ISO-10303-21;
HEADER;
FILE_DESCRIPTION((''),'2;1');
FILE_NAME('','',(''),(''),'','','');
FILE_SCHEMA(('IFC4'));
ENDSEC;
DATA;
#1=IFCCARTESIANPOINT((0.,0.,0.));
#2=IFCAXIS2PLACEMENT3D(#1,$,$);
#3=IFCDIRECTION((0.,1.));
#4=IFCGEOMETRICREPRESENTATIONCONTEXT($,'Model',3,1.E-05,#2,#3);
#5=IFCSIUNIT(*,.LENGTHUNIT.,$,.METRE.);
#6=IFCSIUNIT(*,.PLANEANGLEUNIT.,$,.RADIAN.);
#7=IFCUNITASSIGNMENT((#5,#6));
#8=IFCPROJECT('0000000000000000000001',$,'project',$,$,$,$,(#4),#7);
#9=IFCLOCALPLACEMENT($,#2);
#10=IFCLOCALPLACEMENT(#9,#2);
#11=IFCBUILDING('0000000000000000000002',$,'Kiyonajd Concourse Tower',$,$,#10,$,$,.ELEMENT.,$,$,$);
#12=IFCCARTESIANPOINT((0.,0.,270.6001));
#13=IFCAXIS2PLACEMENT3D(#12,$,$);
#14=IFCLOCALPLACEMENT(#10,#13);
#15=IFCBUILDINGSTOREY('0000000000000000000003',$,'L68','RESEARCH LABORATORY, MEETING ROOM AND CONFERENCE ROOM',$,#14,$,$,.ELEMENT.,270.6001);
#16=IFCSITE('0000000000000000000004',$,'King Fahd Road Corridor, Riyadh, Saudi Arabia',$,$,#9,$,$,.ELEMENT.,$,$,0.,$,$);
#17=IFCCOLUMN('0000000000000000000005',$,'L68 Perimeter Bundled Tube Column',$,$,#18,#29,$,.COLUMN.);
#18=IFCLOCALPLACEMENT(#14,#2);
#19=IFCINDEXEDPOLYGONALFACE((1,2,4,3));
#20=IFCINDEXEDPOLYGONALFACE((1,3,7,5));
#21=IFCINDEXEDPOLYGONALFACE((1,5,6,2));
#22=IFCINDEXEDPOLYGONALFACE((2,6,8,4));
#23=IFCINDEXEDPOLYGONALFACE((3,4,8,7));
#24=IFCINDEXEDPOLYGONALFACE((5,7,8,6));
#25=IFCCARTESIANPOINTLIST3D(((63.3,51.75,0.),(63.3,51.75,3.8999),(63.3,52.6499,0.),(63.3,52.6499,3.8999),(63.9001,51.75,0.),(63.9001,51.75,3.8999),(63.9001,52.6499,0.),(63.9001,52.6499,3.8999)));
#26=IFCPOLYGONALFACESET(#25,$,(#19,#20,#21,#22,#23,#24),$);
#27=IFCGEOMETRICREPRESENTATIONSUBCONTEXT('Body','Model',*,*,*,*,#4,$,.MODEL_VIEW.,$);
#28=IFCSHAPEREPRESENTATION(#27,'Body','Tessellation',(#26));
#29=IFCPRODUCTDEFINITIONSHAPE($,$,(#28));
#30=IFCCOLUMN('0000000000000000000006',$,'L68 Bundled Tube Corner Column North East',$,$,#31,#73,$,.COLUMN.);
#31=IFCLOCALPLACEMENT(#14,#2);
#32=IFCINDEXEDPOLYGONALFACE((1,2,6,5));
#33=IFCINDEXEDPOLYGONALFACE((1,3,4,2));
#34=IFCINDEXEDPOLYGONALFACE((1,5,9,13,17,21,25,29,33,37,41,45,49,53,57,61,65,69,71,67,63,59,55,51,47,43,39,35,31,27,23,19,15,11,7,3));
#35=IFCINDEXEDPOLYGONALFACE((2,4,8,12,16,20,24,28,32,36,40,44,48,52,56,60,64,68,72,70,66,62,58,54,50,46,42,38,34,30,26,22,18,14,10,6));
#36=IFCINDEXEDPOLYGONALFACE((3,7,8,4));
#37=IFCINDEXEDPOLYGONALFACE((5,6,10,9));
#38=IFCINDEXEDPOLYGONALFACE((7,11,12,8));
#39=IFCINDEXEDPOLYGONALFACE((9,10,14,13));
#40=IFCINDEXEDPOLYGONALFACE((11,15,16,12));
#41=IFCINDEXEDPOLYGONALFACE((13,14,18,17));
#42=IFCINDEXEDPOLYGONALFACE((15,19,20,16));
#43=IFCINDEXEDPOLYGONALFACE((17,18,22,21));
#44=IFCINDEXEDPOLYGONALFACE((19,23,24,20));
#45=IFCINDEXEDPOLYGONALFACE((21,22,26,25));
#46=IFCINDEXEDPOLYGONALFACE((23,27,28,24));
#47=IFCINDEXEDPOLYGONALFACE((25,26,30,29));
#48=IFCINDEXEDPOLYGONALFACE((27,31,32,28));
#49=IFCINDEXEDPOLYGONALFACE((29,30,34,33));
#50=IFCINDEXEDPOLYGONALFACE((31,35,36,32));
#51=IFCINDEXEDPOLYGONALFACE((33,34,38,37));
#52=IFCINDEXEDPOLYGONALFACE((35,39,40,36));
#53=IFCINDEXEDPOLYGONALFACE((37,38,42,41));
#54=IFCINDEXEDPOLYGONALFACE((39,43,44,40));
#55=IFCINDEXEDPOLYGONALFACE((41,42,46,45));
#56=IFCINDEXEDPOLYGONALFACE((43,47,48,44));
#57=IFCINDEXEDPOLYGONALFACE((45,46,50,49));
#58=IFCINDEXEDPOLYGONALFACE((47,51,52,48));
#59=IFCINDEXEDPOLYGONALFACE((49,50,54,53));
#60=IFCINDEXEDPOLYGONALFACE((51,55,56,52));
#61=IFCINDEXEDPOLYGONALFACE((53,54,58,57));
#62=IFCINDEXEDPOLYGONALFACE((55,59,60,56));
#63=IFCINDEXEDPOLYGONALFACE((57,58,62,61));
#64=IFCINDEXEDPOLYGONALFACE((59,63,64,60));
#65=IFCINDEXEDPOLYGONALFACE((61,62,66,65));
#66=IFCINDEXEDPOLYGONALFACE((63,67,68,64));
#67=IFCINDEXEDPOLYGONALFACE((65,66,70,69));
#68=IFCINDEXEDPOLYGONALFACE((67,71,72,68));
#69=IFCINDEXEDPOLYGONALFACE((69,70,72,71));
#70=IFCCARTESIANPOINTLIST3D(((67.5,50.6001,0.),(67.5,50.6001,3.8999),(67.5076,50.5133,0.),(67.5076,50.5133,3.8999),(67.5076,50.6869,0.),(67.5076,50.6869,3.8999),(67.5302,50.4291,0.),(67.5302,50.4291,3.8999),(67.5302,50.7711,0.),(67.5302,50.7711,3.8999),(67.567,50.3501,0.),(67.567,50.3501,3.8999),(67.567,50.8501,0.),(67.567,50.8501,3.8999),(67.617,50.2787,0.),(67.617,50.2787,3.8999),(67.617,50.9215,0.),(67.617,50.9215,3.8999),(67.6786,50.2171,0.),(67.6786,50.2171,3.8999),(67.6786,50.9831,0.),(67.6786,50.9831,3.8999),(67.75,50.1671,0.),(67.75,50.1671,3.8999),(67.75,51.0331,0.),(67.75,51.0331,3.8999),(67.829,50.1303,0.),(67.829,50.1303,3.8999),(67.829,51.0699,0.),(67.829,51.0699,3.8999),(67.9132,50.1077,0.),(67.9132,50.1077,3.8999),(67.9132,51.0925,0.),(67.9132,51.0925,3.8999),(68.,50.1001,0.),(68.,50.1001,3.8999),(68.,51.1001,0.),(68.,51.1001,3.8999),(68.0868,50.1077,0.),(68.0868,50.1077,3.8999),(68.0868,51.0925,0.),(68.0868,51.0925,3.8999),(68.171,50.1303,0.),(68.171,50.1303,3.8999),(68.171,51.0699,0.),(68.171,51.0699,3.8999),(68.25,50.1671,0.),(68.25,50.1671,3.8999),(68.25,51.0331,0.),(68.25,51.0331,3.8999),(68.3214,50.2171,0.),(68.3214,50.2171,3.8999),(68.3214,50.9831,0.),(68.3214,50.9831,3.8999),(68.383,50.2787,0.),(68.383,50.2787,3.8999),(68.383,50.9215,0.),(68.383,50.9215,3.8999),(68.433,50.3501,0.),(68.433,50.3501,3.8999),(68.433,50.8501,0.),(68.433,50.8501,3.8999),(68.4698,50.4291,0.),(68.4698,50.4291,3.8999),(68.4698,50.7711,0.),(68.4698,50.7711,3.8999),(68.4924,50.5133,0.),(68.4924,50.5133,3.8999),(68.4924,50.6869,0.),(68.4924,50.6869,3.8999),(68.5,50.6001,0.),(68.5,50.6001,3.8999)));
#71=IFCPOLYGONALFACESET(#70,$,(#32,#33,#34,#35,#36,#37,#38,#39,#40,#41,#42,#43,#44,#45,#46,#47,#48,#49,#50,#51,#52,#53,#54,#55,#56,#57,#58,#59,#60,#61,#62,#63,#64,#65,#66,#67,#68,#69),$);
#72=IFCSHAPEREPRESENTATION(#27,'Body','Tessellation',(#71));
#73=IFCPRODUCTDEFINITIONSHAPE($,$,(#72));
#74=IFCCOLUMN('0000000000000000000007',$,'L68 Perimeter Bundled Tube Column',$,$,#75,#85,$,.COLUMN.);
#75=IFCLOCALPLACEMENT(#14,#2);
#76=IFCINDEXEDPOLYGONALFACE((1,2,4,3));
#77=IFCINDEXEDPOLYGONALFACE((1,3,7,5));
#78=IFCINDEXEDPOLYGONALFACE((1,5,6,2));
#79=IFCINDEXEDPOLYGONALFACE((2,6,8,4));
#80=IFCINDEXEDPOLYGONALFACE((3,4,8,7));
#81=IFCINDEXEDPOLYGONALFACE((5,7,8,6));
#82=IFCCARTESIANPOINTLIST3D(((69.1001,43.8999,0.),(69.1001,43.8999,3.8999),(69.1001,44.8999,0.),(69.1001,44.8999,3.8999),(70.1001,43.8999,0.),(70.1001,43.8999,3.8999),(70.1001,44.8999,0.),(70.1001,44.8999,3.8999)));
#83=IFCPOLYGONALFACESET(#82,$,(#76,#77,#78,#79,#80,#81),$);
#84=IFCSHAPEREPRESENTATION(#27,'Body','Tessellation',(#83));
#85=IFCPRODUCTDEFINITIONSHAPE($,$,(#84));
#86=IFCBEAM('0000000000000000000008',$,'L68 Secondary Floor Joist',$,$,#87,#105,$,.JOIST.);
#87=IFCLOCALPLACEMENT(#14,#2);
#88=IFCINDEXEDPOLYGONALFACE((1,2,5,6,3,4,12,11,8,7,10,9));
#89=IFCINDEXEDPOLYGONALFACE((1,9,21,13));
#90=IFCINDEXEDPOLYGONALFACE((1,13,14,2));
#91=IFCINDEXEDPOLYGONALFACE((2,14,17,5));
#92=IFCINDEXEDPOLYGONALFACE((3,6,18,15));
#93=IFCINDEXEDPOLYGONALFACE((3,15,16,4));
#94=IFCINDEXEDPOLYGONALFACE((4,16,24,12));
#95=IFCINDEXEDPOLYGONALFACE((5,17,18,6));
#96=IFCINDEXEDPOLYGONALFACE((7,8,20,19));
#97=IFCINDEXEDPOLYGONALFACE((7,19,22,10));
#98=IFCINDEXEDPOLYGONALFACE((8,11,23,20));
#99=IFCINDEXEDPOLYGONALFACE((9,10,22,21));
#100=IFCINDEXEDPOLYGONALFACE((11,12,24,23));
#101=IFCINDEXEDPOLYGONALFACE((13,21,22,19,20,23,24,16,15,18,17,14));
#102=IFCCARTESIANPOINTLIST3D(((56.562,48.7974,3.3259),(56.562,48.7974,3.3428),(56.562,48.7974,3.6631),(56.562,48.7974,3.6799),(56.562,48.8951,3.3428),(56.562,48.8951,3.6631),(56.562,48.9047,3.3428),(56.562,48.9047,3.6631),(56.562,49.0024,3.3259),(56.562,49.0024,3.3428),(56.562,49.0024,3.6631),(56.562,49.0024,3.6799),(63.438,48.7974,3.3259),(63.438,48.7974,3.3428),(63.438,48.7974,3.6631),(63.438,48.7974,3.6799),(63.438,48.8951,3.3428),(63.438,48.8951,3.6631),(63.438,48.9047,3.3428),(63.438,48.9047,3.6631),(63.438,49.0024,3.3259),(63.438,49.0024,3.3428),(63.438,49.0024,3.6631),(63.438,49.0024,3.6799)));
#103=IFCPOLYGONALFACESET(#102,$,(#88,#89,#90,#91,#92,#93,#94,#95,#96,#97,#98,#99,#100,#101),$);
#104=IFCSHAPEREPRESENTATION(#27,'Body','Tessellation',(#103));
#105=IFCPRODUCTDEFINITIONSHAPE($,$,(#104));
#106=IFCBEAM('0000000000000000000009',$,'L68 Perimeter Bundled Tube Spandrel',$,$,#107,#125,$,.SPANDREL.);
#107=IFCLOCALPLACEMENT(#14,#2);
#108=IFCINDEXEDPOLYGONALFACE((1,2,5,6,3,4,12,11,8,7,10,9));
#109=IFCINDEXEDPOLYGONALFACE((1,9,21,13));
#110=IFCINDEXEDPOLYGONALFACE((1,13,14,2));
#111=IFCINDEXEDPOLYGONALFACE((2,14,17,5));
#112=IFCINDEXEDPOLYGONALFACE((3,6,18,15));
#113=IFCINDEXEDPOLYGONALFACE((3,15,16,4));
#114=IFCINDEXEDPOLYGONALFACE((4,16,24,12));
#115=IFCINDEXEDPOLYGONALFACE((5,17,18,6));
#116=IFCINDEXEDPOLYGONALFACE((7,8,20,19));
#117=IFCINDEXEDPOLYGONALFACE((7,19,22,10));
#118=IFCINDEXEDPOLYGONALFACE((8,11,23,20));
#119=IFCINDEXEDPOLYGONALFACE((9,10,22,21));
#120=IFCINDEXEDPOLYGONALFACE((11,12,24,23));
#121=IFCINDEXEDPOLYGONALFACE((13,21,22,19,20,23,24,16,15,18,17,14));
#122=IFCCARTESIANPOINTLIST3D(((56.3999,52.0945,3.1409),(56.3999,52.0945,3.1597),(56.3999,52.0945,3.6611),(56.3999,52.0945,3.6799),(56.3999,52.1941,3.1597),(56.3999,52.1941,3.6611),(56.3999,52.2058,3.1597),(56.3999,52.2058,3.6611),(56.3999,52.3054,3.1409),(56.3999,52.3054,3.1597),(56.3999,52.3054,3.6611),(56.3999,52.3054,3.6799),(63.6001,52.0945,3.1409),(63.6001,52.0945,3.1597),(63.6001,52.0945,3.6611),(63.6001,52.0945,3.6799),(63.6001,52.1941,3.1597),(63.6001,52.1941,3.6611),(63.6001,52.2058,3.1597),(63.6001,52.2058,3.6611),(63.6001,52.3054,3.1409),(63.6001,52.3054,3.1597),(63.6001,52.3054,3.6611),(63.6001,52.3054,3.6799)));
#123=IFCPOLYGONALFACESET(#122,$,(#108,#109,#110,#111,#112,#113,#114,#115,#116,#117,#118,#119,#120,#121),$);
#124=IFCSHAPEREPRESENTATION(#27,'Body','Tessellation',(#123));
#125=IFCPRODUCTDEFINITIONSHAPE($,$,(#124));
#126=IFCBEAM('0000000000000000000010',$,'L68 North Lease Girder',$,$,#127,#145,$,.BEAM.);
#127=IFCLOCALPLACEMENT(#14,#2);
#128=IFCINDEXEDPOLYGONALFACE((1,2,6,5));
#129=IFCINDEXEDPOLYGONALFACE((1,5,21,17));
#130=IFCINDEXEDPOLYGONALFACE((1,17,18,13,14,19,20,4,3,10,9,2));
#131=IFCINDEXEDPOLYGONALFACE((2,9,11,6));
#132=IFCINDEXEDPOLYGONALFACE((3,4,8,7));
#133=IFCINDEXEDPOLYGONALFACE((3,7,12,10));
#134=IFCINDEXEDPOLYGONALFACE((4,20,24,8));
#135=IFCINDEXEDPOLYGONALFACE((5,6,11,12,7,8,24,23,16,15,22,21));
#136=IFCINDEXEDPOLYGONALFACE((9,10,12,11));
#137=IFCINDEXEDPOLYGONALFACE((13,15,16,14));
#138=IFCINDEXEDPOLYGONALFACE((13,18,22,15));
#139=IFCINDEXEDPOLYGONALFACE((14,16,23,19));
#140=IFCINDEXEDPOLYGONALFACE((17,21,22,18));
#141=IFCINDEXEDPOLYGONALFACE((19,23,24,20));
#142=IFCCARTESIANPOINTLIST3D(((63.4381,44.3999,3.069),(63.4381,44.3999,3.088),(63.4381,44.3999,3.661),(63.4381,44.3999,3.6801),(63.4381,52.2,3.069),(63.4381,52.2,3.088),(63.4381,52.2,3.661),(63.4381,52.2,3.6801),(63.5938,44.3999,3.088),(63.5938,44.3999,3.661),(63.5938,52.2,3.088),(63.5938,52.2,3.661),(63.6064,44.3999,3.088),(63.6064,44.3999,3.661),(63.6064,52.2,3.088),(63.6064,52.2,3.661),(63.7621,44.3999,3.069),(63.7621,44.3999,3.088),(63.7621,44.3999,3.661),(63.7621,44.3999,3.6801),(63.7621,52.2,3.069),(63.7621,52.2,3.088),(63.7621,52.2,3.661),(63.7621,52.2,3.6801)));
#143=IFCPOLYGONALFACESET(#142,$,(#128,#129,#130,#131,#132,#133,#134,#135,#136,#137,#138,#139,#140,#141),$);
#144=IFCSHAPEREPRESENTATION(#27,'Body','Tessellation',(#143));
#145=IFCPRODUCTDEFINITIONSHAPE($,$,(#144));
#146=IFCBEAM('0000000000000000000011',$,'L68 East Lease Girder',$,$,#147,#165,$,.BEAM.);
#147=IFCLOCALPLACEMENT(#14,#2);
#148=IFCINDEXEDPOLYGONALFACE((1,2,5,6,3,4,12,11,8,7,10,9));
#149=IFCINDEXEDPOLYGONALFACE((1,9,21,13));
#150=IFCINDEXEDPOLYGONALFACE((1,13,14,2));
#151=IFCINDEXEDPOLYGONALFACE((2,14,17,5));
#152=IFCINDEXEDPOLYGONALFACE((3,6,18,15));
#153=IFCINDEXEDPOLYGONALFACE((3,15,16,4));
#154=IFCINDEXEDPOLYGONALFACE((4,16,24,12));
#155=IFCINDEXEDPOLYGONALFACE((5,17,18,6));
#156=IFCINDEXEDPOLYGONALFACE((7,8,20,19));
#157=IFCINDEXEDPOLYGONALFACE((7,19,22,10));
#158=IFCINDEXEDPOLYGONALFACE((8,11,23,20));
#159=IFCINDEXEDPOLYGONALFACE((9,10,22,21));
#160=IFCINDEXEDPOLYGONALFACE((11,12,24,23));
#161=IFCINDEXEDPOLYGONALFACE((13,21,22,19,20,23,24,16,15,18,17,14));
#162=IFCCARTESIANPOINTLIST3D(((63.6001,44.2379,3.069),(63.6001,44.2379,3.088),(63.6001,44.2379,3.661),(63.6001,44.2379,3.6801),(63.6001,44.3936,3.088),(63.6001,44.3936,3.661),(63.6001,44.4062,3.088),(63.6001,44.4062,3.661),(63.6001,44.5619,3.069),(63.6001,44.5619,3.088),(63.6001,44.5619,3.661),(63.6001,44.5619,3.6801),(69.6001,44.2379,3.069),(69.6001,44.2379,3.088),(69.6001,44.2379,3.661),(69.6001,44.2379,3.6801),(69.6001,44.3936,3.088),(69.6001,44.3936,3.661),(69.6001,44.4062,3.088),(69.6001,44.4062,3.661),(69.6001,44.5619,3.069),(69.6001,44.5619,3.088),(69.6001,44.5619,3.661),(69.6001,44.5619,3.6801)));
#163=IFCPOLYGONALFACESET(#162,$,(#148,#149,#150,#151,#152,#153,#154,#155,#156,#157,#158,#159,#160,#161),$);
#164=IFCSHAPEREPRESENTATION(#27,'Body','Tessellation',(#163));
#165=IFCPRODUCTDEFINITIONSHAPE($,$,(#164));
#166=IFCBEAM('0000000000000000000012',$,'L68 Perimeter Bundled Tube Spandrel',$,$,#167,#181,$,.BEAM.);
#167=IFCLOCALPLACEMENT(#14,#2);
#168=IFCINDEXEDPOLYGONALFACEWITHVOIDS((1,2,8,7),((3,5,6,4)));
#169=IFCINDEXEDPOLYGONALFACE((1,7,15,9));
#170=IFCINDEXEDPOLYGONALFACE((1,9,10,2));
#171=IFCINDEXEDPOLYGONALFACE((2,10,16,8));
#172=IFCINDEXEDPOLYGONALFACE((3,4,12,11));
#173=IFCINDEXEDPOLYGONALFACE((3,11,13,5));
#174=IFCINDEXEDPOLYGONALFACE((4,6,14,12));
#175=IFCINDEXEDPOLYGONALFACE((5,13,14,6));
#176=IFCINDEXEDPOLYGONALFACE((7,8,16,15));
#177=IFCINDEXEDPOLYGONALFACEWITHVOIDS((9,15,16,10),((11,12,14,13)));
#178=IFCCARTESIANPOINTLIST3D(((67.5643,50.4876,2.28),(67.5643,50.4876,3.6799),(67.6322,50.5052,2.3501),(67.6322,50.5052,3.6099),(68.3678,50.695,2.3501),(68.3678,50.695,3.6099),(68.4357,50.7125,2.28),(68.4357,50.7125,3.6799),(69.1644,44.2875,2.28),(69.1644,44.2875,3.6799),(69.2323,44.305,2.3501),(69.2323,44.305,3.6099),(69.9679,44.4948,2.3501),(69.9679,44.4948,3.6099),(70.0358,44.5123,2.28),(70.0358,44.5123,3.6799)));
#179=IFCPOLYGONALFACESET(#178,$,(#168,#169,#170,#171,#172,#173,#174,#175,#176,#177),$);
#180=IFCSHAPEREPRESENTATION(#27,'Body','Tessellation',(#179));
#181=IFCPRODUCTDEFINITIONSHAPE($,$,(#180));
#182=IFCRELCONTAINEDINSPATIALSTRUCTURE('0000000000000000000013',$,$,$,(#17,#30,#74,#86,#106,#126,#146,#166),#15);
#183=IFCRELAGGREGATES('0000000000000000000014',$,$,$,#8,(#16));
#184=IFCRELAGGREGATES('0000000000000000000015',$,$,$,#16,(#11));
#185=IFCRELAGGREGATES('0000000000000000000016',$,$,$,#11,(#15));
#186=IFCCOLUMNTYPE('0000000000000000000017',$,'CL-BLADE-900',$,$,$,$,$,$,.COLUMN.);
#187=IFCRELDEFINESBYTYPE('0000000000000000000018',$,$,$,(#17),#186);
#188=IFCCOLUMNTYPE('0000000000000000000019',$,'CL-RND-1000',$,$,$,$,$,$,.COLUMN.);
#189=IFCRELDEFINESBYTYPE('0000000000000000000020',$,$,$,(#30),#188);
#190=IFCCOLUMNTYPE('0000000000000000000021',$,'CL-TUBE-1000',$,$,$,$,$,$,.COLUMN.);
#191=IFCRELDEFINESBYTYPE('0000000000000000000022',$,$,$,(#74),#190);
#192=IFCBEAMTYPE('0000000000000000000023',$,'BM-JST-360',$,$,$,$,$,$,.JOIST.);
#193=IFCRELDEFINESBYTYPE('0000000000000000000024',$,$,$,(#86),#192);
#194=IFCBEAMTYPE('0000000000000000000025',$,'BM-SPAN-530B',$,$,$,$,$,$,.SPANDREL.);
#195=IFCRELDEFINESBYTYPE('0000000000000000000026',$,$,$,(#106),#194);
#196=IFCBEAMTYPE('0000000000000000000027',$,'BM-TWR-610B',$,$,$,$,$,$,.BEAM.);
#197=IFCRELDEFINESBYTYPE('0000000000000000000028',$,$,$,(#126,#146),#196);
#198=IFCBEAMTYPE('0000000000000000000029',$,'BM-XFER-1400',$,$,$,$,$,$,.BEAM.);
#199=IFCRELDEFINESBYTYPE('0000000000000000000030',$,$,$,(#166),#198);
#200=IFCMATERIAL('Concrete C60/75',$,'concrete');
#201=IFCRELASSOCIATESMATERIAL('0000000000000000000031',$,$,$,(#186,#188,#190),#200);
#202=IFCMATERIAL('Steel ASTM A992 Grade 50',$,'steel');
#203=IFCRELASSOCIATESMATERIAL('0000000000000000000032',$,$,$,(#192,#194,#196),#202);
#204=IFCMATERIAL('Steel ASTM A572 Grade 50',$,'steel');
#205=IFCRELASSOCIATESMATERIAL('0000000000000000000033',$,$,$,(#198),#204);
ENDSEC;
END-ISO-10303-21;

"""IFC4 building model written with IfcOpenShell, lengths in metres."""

from ifc_helpers import new_model, si_unit, direction, frame, origin, origin_2d, place, context, subcontext, project, spatial, rectangle, hollow_rectangle, circle, i_section, extrude, material, material_profile, profile_set, type_object, element, save


model = new_model("IFC4")

# Units and contexts
model_context = context("Model", 3, precision=1e-05, world=origin(), true_north=direction((0.0, 1.0)))
body_context = subcontext(model_context, "Body", "Model", "MODEL_VIEW")
ifc_project = project(units=[si_unit("LENGTHUNIT", "METRE"), si_unit("PLANEANGLEUNIT", "RADIAN")], contexts=[model_context])

# Site, building, storey
site_placement = place(None, origin())
site = spatial("IfcSite", under=ifc_project, at=site_placement, Name="King Fahd Road Corridor, Riyadh, Saudi Arabia", CompositionType="ELEMENT", RefElevation=0.0)
building_placement = place(site_placement, origin())
building = spatial("IfcBuilding", under=site, at=building_placement, Name="Kiyonajd Concourse Tower", CompositionType="ELEMENT")
storey_placement = place(building_placement, frame((0.0, 0.0, 270.6001)))
storey = spatial("IfcBuildingStorey", under=building, at=storey_placement, Name="L68", Description="RESEARCH LABORATORY, MEETING ROOM AND CONFERENCE ROOM", CompositionType="ELEMENT", Elevation=270.6001)

# Columns
ifc_material_1 = material(Name="Concrete C60/75", Category="concrete")
ifc_material_profile_1 = material_profile(ifc_material_1, rectangle(XDim=0.6001, YDim=0.8999, at=origin_2d()), Name="RC-900x600")
ifc_profile_set_1 = profile_set([ifc_material_profile_1], Name="Concrete C60/75")
column_type_1 = type_object("IfcColumnType", Name="CL-BLADE-900", PredefinedType="COLUMN", material=ifc_profile_set_1)
column_1_placement = place(storey_placement, frame((63.6001, 52.2, 0.0), z_axis=(0.0, 0.0, 1.0), x_axis=(1.0, 0.0, 0.0)))
element("IfcColumn", 1, at=column_1_placement, inside=storey, type_object=column_type_1, Name="L68 Perimeter Bundled Tube Column", PredefinedType="COLUMN", context=body_context, shape_type="SweptSolid", body=[
    extrude(rectangle(XDim=0.6001, YDim=0.8999, at=origin_2d()), origin(), (0.0, 0.0, 1.0), 3.8999),
])
ifc_material_profile_2 = material_profile(ifc_material_1, circle(Radius=0.5, at=origin_2d()), Name="RCC-D1000")
ifc_profile_set_2 = profile_set([ifc_material_profile_2], Name="Concrete C60/75")
column_type_2 = type_object("IfcColumnType", Name="CL-RND-1000", PredefinedType="COLUMN", material=ifc_profile_set_2)
column_2_placement = place(storey_placement, frame((68.0, 50.6001, 0.0), z_axis=(0.0, 0.0, 1.0), x_axis=(1.0, 0.0, 0.0)))
element("IfcColumn", 2, at=column_2_placement, inside=storey, type_object=column_type_2, Name="L68 Bundled Tube Corner Column North East", PredefinedType="COLUMN", context=body_context, shape_type="SweptSolid", body=[
    extrude(circle(Radius=0.5, at=origin_2d()), origin(), (0.0, 0.0, 1.0), 3.8999),
])
ifc_material_profile_3 = material_profile(ifc_material_1, rectangle(XDim=1.0, YDim=1.0, at=origin_2d()), Name="RC-1000x1000")
ifc_profile_set_3 = profile_set([ifc_material_profile_3], Name="Concrete C60/75")
column_type_3 = type_object("IfcColumnType", Name="CL-TUBE-1000", PredefinedType="COLUMN", material=ifc_profile_set_3)
column_3_placement = place(storey_placement, frame((69.6001, 44.3999, 0.0), z_axis=(0.0, 0.0, 1.0), x_axis=(1.0, 0.0, 0.0)))
element("IfcColumn", 3, at=column_3_placement, inside=storey, type_object=column_type_3, Name="L68 Perimeter Bundled Tube Column", PredefinedType="COLUMN", context=body_context, shape_type="SweptSolid", body=[
    extrude(rectangle(XDim=1.0, YDim=1.0, at=origin_2d()), origin(), (0.0, 0.0, 1.0), 3.8999),
])

# Beams
ifc_material_2 = material(Name="Steel ASTM A992 Grade 50", Category="steel")
ifc_material_profile_4 = material_profile(ifc_material_2, i_section(OverallWidth=0.2051, OverallDepth=0.354, WebThickness=0.0095, FlangeThickness=0.0168, at=origin_2d()), Name="W360X79")
ifc_profile_set_4 = profile_set([ifc_material_profile_4], Name="Steel ASTM A992 Grade 50")
beam_type_1 = type_object("IfcBeamType", Name="BM-JST-360", PredefinedType="JOIST", material=ifc_profile_set_4)
beam_1_placement = place(storey_placement, frame((56.562, 48.8999, 3.5029), z_axis=(1.0, 0.0, 0.0), x_axis=(0.0, 1.0, 0.0)))
element("IfcBeam", 4, at=beam_1_placement, inside=storey, type_object=beam_type_1, Name="L68 Secondary Floor Joist", PredefinedType="JOIST", context=body_context, shape_type="SweptSolid", body=[
    extrude(i_section(OverallWidth=0.2051, OverallDepth=0.354, WebThickness=0.0095, FlangeThickness=0.0168, at=origin_2d()), origin(), (0.0, 0.0, 1.0), 6.876),
])
ifc_material_profile_5 = material_profile(ifc_material_2, i_section(OverallWidth=0.2109, OverallDepth=0.5391, WebThickness=0.0117, FlangeThickness=0.0188, at=origin_2d()), Name="W530X109")
ifc_profile_set_5 = profile_set([ifc_material_profile_5], Name="Steel ASTM A992 Grade 50")
beam_type_2 = type_object("IfcBeamType", Name="BM-SPAN-530B", PredefinedType="SPANDREL", material=ifc_profile_set_5)
beam_2_placement = place(storey_placement, frame((63.6001, 52.2, 3.4104), z_axis=(-1.0, 0.0, 0.0), x_axis=(0.0, -1.0, 0.0)))
element("IfcBeam", 5, at=beam_2_placement, inside=storey, type_object=beam_type_2, Name="L68 Perimeter Bundled Tube Spandrel", PredefinedType="SPANDREL", context=body_context, shape_type="SweptSolid", body=[
    extrude(i_section(OverallWidth=0.2109, OverallDepth=0.5391, WebThickness=0.0117, FlangeThickness=0.0188, at=origin_2d()), origin(), (0.0, 0.0, 1.0), 7.2002),
])
ifc_material_profile_6 = material_profile(ifc_material_2, i_section(OverallWidth=0.324, OverallDepth=0.6111, WebThickness=0.0127, FlangeThickness=0.019, at=origin_2d()), Name="W610X155")
ifc_profile_set_6 = profile_set([ifc_material_profile_6], Name="Steel ASTM A992 Grade 50")
beam_type_3 = type_object("IfcBeamType", Name="BM-TWR-610B", PredefinedType="BEAM", material=ifc_profile_set_6)
beam_3_placement = place(storey_placement, frame((63.6001, 44.3999, 3.3745), z_axis=(0.0, 1.0, 0.0), x_axis=(-1.0, 0.0, 0.0)))
element("IfcBeam", 6, at=beam_3_placement, inside=storey, type_object=beam_type_3, Name="L68 North Lease Girder", PredefinedType="BEAM", context=body_context, shape_type="SweptSolid", body=[
    extrude(i_section(OverallWidth=0.324, OverallDepth=0.6111, WebThickness=0.0127, FlangeThickness=0.019, at=origin_2d()), origin(), (0.0, 0.0, 1.0), 7.8),
])
beam_4_placement = place(storey_placement, frame((63.6001, 44.3999, 3.3745), z_axis=(1.0, 0.0, 0.0), x_axis=(0.0, 1.0, 0.0)))
element("IfcBeam", 7, at=beam_4_placement, inside=storey, type_object=beam_type_3, Name="L68 East Lease Girder", PredefinedType="BEAM", context=body_context, shape_type="SweptSolid", body=[
    extrude(i_section(OverallWidth=0.324, OverallDepth=0.6111, WebThickness=0.0127, FlangeThickness=0.019, at=origin_2d()), origin(), (0.0, 0.0, 1.0), 6.0),
])
ifc_material_3 = material(Name="Steel ASTM A572 Grade 50", Category="steel")
ifc_material_profile_7 = material_profile(ifc_material_3, hollow_rectangle(XDim=0.8999, YDim=1.3999, WallThickness=0.0701, at=origin_2d()), Name="BOX-1400x900x70")
ifc_profile_set_7 = profile_set([ifc_material_profile_7], Name="Steel ASTM A572 Grade 50")
beam_type_4 = type_object("IfcBeamType", Name="BM-XFER-1400", PredefinedType="BEAM", material=ifc_profile_set_7)
beam_5_placement = place(storey_placement, frame((69.6001, 44.3999, 2.98), z_axis=(-0.249885, 0.968276, 0.0), x_axis=(-0.968276, -0.249885, 0.0)))
element("IfcBeam", 8, at=beam_5_placement, inside=storey, type_object=beam_type_4, Name="L68 Perimeter Bundled Tube Spandrel", PredefinedType="BEAM", context=body_context, shape_type="SweptSolid", body=[
    extrude(hollow_rectangle(XDim=0.8999, YDim=1.3999, WallThickness=0.0701, at=origin_2d()), origin(), (0.0, 0.0, 1.0), 6.4033),
])

save(model, "model.ifc")
